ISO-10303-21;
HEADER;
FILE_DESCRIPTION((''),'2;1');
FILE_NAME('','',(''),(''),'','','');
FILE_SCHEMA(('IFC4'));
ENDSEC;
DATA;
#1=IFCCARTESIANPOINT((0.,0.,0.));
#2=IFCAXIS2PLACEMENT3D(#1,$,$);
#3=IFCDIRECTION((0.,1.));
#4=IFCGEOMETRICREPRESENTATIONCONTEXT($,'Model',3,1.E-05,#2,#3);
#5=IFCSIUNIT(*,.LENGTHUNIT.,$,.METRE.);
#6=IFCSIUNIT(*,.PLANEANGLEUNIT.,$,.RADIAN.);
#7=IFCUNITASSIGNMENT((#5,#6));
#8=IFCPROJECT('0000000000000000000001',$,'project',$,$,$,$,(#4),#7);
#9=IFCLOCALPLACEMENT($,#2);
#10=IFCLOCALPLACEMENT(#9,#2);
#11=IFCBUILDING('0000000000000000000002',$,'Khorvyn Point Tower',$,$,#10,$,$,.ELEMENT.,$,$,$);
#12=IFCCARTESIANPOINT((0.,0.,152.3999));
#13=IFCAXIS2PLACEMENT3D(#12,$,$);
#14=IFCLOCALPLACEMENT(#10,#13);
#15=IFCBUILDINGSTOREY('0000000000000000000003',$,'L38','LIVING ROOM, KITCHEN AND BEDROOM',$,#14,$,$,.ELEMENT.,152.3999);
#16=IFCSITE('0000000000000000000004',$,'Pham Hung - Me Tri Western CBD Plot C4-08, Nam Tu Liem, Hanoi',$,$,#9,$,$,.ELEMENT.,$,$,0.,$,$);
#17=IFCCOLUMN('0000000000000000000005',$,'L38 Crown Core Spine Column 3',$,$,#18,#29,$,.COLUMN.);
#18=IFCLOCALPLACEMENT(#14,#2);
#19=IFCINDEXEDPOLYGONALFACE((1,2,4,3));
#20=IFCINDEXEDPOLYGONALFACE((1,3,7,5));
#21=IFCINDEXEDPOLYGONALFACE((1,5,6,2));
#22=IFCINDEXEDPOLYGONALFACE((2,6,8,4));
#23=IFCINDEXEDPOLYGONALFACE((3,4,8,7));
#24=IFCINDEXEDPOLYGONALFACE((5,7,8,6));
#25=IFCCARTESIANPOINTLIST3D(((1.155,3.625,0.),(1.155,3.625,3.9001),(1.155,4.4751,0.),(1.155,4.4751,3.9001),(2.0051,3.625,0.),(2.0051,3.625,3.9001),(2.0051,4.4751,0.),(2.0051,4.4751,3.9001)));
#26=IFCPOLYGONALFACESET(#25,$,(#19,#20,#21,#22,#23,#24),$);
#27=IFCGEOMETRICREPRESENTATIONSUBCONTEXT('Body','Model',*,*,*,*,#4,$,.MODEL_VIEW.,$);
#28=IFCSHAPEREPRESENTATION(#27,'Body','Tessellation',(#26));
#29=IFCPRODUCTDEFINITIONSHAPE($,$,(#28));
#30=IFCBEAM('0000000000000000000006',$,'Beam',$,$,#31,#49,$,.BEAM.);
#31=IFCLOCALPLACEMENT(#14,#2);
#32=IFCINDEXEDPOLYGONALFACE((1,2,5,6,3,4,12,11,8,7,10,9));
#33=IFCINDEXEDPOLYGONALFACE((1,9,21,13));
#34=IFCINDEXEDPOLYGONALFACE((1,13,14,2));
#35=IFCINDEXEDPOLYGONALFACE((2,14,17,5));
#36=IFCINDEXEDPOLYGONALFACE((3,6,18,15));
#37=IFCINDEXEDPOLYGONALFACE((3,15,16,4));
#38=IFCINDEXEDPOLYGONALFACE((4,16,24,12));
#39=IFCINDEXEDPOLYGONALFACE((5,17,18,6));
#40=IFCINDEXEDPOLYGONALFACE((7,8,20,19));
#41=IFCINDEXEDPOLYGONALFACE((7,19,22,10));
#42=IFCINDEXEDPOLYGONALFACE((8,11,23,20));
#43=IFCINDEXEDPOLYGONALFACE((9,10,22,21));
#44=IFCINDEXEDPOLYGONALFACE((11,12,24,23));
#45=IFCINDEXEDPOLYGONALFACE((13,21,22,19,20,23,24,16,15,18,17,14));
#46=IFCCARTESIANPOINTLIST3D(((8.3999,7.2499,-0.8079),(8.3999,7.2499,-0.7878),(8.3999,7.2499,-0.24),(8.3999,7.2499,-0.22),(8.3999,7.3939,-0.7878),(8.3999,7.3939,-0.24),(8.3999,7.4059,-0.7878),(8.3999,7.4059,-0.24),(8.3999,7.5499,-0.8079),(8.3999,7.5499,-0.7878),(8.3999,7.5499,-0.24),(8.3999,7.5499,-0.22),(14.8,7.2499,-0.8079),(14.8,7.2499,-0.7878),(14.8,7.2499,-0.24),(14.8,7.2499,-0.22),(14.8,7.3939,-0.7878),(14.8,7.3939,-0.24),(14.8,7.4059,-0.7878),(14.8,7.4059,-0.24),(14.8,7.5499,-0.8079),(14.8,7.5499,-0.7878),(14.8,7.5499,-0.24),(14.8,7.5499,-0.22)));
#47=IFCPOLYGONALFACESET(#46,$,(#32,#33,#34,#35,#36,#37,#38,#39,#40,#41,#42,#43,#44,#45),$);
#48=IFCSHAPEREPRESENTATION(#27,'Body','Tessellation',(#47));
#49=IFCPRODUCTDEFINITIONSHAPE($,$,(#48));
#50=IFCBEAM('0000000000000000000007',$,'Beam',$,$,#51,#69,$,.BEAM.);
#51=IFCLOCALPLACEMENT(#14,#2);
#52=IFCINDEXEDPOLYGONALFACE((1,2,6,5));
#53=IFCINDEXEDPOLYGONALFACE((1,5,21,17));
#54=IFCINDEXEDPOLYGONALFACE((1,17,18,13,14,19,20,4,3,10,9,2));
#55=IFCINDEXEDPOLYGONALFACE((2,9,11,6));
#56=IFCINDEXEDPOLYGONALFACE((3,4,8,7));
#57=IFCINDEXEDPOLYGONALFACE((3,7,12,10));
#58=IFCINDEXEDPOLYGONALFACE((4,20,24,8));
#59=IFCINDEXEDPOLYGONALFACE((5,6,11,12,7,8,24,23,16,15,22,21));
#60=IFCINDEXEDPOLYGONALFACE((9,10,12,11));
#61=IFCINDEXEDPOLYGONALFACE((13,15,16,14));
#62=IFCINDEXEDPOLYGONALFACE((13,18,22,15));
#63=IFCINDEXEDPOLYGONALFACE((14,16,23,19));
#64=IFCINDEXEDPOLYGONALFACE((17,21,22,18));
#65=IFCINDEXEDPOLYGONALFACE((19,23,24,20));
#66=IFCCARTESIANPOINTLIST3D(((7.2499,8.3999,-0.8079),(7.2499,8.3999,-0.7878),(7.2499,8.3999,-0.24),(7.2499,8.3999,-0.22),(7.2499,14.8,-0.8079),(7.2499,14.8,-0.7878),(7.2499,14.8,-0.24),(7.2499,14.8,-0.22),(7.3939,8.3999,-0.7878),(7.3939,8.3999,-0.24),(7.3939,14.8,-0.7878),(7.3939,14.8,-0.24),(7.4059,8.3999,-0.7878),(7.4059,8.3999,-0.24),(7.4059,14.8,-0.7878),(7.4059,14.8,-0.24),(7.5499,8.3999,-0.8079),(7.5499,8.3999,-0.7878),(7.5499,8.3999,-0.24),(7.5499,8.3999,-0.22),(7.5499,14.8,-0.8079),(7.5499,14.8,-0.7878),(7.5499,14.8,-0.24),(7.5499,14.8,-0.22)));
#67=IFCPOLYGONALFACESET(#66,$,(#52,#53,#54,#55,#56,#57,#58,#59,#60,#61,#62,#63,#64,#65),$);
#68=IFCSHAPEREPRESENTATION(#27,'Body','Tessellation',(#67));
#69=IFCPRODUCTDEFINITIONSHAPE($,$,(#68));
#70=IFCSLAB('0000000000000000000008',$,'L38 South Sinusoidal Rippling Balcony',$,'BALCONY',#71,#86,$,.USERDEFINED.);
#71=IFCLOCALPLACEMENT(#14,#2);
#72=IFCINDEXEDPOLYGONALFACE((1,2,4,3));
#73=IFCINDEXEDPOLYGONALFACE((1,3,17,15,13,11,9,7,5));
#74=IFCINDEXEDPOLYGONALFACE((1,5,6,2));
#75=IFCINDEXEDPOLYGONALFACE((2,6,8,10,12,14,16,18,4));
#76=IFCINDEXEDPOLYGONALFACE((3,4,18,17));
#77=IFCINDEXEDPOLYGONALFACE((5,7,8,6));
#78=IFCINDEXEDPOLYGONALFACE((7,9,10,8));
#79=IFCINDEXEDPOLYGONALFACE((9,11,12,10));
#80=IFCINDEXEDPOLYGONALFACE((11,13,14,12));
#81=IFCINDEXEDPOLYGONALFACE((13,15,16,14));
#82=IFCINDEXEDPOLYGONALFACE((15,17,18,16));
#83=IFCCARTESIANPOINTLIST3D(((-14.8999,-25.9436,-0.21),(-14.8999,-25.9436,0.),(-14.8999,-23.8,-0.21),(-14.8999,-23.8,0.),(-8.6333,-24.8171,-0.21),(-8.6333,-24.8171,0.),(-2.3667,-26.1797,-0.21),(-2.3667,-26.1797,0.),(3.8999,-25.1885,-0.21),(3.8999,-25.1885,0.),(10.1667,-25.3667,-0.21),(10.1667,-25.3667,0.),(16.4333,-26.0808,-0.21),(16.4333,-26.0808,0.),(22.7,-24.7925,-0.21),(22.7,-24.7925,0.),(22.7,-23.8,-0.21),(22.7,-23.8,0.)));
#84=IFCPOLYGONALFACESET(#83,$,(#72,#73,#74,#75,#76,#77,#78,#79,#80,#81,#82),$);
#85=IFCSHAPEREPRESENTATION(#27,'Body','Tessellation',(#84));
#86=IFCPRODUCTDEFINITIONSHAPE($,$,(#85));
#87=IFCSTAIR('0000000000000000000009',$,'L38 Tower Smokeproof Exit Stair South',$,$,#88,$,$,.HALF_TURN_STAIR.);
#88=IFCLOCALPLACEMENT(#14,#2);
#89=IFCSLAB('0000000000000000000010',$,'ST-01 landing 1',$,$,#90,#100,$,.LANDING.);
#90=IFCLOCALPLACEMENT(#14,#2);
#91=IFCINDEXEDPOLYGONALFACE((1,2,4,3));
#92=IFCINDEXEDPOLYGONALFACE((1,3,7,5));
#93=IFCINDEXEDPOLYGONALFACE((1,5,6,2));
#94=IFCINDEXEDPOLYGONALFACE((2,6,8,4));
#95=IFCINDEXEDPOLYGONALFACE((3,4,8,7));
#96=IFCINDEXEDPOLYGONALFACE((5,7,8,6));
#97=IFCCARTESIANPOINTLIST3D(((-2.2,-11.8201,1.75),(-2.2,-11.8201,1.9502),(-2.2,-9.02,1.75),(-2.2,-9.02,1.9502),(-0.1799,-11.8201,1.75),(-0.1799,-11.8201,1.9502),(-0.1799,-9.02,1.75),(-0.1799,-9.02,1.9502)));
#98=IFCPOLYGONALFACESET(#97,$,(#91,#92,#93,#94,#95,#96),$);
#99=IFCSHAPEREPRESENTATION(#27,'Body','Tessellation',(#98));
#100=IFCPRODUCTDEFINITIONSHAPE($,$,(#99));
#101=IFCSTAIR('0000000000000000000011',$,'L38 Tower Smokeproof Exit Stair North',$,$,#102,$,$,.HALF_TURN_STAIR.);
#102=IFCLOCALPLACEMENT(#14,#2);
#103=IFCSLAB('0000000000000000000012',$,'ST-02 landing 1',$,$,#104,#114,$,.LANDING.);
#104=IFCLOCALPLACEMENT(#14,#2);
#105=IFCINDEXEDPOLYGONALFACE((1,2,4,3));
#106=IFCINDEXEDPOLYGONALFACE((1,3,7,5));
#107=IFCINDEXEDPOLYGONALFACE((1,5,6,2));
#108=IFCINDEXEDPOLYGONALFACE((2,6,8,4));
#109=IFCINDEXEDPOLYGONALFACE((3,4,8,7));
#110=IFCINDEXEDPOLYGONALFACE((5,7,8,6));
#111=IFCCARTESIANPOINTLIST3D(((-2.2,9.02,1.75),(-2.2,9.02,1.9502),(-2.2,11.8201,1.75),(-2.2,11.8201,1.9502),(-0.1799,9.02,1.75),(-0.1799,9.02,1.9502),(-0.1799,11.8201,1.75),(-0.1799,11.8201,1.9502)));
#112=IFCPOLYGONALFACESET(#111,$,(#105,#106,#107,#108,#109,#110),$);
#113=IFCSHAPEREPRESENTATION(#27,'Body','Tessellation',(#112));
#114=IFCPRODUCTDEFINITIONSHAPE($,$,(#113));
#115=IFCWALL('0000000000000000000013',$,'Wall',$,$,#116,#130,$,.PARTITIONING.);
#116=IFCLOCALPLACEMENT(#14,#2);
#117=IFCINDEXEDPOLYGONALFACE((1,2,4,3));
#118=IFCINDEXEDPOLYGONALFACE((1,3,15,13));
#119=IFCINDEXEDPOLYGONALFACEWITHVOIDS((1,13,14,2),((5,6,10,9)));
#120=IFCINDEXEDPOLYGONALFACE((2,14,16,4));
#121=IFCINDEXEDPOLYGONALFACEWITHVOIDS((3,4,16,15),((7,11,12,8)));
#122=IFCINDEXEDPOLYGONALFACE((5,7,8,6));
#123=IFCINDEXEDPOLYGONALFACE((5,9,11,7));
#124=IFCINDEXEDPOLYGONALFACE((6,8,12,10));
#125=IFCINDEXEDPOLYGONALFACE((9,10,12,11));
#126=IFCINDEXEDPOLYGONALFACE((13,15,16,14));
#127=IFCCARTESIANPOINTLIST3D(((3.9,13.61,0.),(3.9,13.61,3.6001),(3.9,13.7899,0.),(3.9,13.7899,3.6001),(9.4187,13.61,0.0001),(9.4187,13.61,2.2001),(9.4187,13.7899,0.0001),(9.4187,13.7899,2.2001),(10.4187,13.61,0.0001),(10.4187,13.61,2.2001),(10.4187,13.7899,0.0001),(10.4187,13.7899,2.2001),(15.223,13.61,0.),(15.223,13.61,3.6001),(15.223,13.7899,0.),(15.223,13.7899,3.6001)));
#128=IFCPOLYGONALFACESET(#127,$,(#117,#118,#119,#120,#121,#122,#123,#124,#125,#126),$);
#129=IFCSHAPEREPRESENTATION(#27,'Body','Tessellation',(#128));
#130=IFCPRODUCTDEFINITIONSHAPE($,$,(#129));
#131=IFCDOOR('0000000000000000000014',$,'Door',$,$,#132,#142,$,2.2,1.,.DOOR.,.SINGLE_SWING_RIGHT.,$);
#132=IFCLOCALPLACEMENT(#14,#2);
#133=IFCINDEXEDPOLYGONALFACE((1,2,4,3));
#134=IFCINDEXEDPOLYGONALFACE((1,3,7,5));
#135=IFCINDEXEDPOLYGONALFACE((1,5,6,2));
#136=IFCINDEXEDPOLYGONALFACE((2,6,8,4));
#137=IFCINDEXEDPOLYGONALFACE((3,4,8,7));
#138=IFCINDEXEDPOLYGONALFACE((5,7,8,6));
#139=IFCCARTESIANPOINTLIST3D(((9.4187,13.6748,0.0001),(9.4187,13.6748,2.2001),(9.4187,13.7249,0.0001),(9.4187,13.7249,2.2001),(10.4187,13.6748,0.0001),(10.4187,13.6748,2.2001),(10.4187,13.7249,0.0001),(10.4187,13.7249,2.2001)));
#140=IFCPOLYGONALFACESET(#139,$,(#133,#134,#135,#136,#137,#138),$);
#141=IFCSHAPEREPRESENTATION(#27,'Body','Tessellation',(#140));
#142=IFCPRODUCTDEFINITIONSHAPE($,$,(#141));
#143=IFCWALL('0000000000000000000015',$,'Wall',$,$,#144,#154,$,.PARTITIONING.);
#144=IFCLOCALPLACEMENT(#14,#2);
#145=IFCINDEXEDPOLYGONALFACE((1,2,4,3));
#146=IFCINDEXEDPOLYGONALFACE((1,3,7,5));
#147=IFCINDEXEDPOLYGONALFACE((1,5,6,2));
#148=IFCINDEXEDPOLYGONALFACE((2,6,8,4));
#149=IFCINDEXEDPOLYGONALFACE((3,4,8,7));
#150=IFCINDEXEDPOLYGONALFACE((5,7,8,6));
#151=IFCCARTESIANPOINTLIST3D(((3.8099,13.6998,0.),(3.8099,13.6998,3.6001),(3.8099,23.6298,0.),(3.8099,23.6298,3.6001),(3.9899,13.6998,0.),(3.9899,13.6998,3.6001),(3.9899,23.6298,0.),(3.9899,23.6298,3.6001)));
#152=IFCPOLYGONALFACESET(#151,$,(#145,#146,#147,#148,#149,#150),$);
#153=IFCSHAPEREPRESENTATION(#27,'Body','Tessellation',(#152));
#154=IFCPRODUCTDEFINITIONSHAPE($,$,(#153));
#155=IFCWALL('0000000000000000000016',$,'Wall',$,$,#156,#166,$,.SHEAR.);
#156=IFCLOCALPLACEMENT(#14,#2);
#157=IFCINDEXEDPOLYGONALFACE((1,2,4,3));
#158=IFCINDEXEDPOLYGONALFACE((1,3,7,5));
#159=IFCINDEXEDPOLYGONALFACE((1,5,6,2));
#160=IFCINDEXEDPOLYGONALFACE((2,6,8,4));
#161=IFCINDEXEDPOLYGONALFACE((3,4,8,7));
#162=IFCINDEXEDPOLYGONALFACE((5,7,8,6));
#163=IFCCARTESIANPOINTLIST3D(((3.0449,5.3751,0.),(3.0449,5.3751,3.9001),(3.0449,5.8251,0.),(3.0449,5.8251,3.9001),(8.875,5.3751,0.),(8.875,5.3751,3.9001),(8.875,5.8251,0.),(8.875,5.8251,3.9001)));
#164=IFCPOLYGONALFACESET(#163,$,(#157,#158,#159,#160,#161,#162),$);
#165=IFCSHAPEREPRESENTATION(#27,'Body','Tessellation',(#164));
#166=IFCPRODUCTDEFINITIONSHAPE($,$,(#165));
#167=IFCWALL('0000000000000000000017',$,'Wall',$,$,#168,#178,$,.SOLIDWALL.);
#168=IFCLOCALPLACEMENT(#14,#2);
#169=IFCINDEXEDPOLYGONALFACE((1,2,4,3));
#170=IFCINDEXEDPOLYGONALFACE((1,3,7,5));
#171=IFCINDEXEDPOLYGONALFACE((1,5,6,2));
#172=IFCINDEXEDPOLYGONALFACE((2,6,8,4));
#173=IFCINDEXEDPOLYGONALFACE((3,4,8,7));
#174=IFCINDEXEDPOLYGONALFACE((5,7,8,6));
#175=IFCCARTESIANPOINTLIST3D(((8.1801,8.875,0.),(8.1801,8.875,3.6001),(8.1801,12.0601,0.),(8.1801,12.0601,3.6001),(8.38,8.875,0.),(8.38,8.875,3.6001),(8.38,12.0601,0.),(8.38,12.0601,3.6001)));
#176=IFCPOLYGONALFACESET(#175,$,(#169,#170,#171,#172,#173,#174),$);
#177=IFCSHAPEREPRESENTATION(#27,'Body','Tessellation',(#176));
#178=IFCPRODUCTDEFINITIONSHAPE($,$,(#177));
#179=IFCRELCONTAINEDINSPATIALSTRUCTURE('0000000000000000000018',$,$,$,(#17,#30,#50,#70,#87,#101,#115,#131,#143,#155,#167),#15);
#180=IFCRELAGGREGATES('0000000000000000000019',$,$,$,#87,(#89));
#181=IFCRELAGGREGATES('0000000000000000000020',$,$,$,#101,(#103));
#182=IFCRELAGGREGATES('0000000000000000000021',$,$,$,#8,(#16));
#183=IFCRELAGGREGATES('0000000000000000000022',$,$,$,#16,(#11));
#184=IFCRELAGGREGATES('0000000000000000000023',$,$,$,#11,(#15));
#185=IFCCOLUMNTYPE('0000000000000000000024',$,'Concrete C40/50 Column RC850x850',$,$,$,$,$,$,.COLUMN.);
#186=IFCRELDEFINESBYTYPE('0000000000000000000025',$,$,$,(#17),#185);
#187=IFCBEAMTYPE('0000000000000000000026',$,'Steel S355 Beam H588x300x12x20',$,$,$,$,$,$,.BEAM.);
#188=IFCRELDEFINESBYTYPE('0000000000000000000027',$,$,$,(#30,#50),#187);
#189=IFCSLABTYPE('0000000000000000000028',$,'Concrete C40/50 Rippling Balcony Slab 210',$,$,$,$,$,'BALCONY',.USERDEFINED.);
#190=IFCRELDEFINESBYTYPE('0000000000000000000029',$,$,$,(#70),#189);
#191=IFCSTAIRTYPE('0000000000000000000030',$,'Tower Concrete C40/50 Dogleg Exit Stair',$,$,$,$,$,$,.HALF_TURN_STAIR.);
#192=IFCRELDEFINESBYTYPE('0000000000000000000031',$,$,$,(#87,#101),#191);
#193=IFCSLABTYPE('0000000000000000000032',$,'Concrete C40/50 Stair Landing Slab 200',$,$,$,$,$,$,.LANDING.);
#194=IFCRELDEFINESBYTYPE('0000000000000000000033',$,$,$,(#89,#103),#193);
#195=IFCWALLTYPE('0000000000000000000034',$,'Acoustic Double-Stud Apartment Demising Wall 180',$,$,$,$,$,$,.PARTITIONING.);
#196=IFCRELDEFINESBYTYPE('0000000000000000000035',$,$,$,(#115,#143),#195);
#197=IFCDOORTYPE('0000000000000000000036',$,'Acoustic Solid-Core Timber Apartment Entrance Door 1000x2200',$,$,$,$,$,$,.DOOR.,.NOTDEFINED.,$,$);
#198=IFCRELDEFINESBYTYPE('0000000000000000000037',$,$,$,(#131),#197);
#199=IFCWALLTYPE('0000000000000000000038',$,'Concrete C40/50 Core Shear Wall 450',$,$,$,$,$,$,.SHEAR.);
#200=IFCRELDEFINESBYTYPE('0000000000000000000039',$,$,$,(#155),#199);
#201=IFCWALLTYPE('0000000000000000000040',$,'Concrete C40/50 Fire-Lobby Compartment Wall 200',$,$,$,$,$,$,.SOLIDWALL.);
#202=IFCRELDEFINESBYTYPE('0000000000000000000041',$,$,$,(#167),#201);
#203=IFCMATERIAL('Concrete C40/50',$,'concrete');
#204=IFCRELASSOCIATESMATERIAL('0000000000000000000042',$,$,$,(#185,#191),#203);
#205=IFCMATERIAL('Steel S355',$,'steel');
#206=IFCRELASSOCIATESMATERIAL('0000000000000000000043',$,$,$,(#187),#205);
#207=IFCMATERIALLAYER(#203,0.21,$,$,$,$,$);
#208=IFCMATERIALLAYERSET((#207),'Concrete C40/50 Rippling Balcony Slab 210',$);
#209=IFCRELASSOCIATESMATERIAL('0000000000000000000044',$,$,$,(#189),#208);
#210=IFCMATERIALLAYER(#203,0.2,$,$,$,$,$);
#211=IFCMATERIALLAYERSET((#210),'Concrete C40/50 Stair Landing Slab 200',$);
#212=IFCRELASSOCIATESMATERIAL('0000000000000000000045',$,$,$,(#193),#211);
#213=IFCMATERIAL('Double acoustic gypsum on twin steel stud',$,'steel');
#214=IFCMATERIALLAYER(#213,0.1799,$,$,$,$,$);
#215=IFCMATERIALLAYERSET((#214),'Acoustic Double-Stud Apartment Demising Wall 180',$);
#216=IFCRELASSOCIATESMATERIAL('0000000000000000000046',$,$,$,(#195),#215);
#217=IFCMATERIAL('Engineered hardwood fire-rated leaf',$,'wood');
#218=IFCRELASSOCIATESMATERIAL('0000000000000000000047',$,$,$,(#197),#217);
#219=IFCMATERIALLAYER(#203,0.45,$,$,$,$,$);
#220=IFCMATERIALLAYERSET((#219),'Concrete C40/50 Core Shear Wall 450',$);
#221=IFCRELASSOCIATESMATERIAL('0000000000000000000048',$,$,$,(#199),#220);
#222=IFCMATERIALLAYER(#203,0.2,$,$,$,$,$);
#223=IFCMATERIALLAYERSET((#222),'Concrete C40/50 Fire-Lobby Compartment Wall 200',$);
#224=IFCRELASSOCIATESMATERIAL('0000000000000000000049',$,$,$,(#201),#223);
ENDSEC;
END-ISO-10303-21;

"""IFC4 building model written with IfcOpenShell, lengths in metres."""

from ifc_helpers import new_model, si_unit, direction, frame, frame_2d, origin, origin_2d, place, context, subcontext, project, spatial, polyline, rectangle, i_section, outline, extrude, material, layer, layer_set, material_profile, profile_set, type_object, element, fill, aggregate, save


model = new_model("IFC4")

# Units and contexts
model_context = context("Model", 3, precision=1e-05, world=origin(), true_north=direction((0.0, 1.0)))
body_context = subcontext(model_context, "Body", "Model", "MODEL_VIEW")
ifc_project = project(units=[si_unit("LENGTHUNIT", "METRE"), si_unit("PLANEANGLEUNIT", "RADIAN")], contexts=[model_context])

# Site, building, storey
site_placement = place(None, origin())
site = spatial("IfcSite", under=ifc_project, at=site_placement, Name="Pham Hung - Me Tri Western CBD Plot C4-08, Nam Tu Liem, Hanoi", CompositionType="ELEMENT", RefElevation=0.0)
building_placement = place(site_placement, origin())
building = spatial("IfcBuilding", under=site, at=building_placement, Name="Khorvyn Point Tower", CompositionType="ELEMENT")
storey_placement = place(building_placement, frame((0.0, 0.0, 152.3999)))
storey = spatial("IfcBuildingStorey", under=building, at=storey_placement, Name="L38", Description="LIVING ROOM, KITCHEN AND BEDROOM", CompositionType="ELEMENT", Elevation=152.3999)

# Column
ifc_material_1 = material(Name="Concrete C40/50", Category="concrete")
ifc_material_profile_1 = material_profile(ifc_material_1, rectangle(XDim=0.8501, YDim=0.8501, at=origin_2d()))
ifc_profile_set_1 = profile_set([ifc_material_profile_1], Name="Concrete C40/50 RC850x850")
column_type = type_object("IfcColumnType", Name="Concrete C40/50 Column RC850x850", PredefinedType="COLUMN", material=ifc_profile_set_1)
column_placement = place(storey_placement, frame((1.5801, 4.05, 0.0), z_axis=(0.0, 0.0, 1.0), x_axis=(1.0, 0.0, 0.0)))
element("IfcColumn", 1, at=column_placement, inside=storey, type_object=column_type, Name="L38 Crown Core Spine Column 3", PredefinedType="COLUMN", context=body_context, shape_type="SweptSolid", body=[
    extrude(rectangle(XDim=0.8501, YDim=0.8501, at=origin_2d()), origin(), (0.0, 0.0, 1.0), 3.9001),
])

# Beams
ifc_material_2 = material(Name="Steel S355", Category="steel")
ifc_material_profile_2 = material_profile(ifc_material_2, i_section(OverallWidth=0.3, OverallDepth=0.5879, WebThickness=0.012, FlangeThickness=0.02, at=origin_2d()))
ifc_profile_set_2 = profile_set([ifc_material_profile_2], Name="Steel S355 H588x300x12x20")
beam_type = type_object("IfcBeamType", Name="Steel S355 Beam H588x300x12x20", PredefinedType="BEAM", material=ifc_profile_set_2)
for number, where, z_axis, x_axis, name in (
    (2, (8.3999, 7.3999, -0.5139), (1.0, 0.0, 0.0), (0.0, 1.0, 0.0), "Beam"),
    (3, (7.3999, 8.3999, -0.5139), (0.0, 1.0, 0.0), (-1.0, 0.0, 0.0), "Beam"),
):
    element("IfcBeam", number, at=place(storey_placement, frame(where, z_axis=z_axis, x_axis=x_axis)), inside=storey, type_object=beam_type, Name=name, PredefinedType="BEAM", context=body_context, shape_type="SweptSolid", body=[
        extrude(i_section(OverallWidth=0.3, OverallDepth=0.5879, WebThickness=0.012, FlangeThickness=0.02, at=origin_2d()), origin(), (0.0, 0.0, 1.0), 6.4001),
    ])

# Slab
ifc_layer_1 = layer(ifc_material_1, 0.21)
ifc_layer_set_1 = layer_set([ifc_layer_1], Name="Concrete C40/50 Rippling Balcony Slab 210")
slab_type_1 = type_object("IfcSlabType", Name="Concrete C40/50 Rippling Balcony Slab 210", ElementType="BALCONY", PredefinedType="USERDEFINED", material=ifc_layer_set_1)
slab_1_placement = place(storey_placement, frame((0.0, 0.0, -0.21)))
element("IfcSlab", 4, at=slab_1_placement, inside=storey, type_object=slab_type_1, Name="L38 South Sinusoidal Rippling Balcony", ObjectType="BALCONY", PredefinedType="USERDEFINED", context=body_context, shape_type="SweptSolid", body=[
    extrude(outline(polyline([(-14.8999, -23.8), (-14.8999, -25.9436), (-8.6333, -24.8171), (-2.3667, -26.1797), (3.8999, -25.1885), (10.1667, -25.3667), (16.4333, -26.0808), (22.7, -24.7925), (22.7, -23.8), (-14.8999, -23.8)])), origin(), (0.0, 0.0, 1.0), 0.21),
])

# Stairs, slabs
stair_type = type_object("IfcStairType", Name="Tower Concrete C40/50 Dogleg Exit Stair", PredefinedType="HALF_TURN_STAIR", material=ifc_material_1)
stair_1_placement = place(storey_placement, origin())
stair_1 = element("IfcStair", 5, at=stair_1_placement, inside=storey, type_object=stair_type, Name="L38 Tower Smokeproof Exit Stair South", PredefinedType="HALF_TURN_STAIR")
ifc_layer_2 = layer(ifc_material_1, 0.2)
ifc_layer_set_2 = layer_set([ifc_layer_2], Name="Concrete C40/50 Stair Landing Slab 200")
slab_type_2 = type_object("IfcSlabType", Name="Concrete C40/50 Stair Landing Slab 200", PredefinedType="LANDING", material=ifc_layer_set_2)
slab_2_placement = place(storey_placement, frame((0.0, 0.0, 1.75)))
slab_2 = element("IfcSlab", 6, at=slab_2_placement, type_object=slab_type_2, Name="ST-01 landing 1", PredefinedType="LANDING", context=body_context, shape_type="SweptSolid", body=[
    extrude(outline(polyline([(-0.1799, -9.02), (-2.2, -9.02), (-2.2, -11.8201), (-0.1799, -11.8201), (-0.1799, -9.02)])), origin(), (0.0, 0.0, 1.0), 0.2002),
])
aggregate(stair_1, [slab_2])
stair_2_placement = place(storey_placement, origin())
stair_2 = element("IfcStair", 7, at=stair_2_placement, inside=storey, type_object=stair_type, Name="L38 Tower Smokeproof Exit Stair North", PredefinedType="HALF_TURN_STAIR")
slab_3_placement = place(storey_placement, frame((0.0, 0.0, 1.75)))
slab_3 = element("IfcSlab", 8, at=slab_3_placement, type_object=slab_type_2, Name="ST-02 landing 1", PredefinedType="LANDING", context=body_context, shape_type="SweptSolid", body=[
    extrude(outline(polyline([(-0.1799, 11.8201), (-2.2, 11.8201), (-2.2, 9.02), (-0.1799, 9.02), (-0.1799, 11.8201)])), origin(), (0.0, 0.0, 1.0), 0.2002),
])

# Wall, opening, door
ifc_material_3 = material(Name="Double acoustic gypsum on twin steel stud", Category="steel")
ifc_layer_3 = layer(ifc_material_3, 0.1799)
ifc_layer_set_3 = layer_set([ifc_layer_3], Name="Acoustic Double-Stud Apartment Demising Wall 180")
wall_type_1 = type_object("IfcWallType", Name="Acoustic Double-Stud Apartment Demising Wall 180", PredefinedType="PARTITIONING", material=ifc_layer_set_3)
wall_1_placement = place(storey_placement, frame((3.8999, 13.7, 0.0), z_axis=(0.0, 0.0, 1.0), x_axis=(1.0, 0.0, 0.0)))
wall_1 = element("IfcWall", 9, at=wall_1_placement, inside=storey, type_object=wall_type_1, Name="Wall", PredefinedType="PARTITIONING", context=body_context, shape_type="SweptSolid", body=[
    extrude(rectangle(XDim=11.323, YDim=0.1799, at=frame_2d((5.6616, 0.0))), origin(), (0.0, 0.0, 1.0), 3.6001),
])
opening_1_placement = place(wall_1_placement, frame((5.5188, 0.0, 0.0)))
opening_1 = element("IfcOpeningElement", 10, at=opening_1_placement, cuts=wall_1, PredefinedType="OPENING", context=body_context, shape_type="SweptSolid", body=[
    extrude(rectangle(XDim=1.0, YDim=2.2, at=frame_2d((0.5, 1.1001))), frame((0.0, 0.0999, 0.0), z_axis=(0.0, -1.0, 0.0), x_axis=(1.0, 0.0, 0.0)), (0.0, 0.0, 1.0), 0.2),
])
ifc_material_4 = material(Name="Engineered hardwood fire-rated leaf", Category="wood")
door_type_1 = type_object("IfcDoorType", Name="Acoustic Solid-Core Timber Apartment Entrance Door 1000x2200", OperationType="NOTDEFINED", PredefinedType="DOOR", material=ifc_material_4)
door_1_placement = place(opening_1_placement, origin())
door_1 = element("IfcDoor", 11, at=door_1_placement, inside=storey, type_object=door_type_1, Name="Door", OperationType="SINGLE_SWING_RIGHT", OverallHeight=2.2, OverallWidth=1.0, PredefinedType="DOOR", context=body_context, shape_type="SweptSolid", body=[
    extrude(rectangle(XDim=1.0, YDim=2.2, at=frame_2d((0.5, 1.1001))), frame((0.0, 0.0249, 0.0), z_axis=(0.0, -1.0, 0.0), x_axis=(1.0, 0.0, 0.0)), (0.0, 0.0, 1.0), 0.05),
])
fill(opening_1, door_1)

# Walls
wall_2_placement = place(storey_placement, frame((3.8999, 13.7, 0.0), z_axis=(0.0, 0.0, 1.0), x_axis=(0.0, 1.0, 0.0)))
element("IfcWall", 12, at=wall_2_placement, inside=storey, type_object=wall_type_1, Name="Wall", PredefinedType="PARTITIONING", context=body_context, shape_type="SweptSolid", body=[
    extrude(rectangle(XDim=9.9299, YDim=0.1799, at=frame_2d((4.9648, 0.0))), origin(), (0.0, 0.0, 1.0), 3.6001),
])
ifc_layer_4 = layer(ifc_material_1, 0.45)
ifc_layer_set_4 = layer_set([ifc_layer_4], Name="Concrete C40/50 Core Shear Wall 450")
wall_type_2 = type_object("IfcWallType", Name="Concrete C40/50 Core Shear Wall 450", PredefinedType="SHEAR", material=ifc_layer_set_4)
wall_3_placement = place(storey_placement, frame((3.0449, 5.6001, 0.0), z_axis=(0.0, 0.0, 1.0), x_axis=(1.0, 0.0, 0.0)))
element("IfcWall", 13, at=wall_3_placement, inside=storey, type_object=wall_type_2, Name="Wall", PredefinedType="SHEAR", context=body_context, shape_type="SweptSolid", body=[
    extrude(rectangle(XDim=5.8301, YDim=0.45, at=frame_2d((2.915, 0.0))), origin(), (0.0, 0.0, 1.0), 3.9001),
])

# Shared definitions
ifc_layer_5 = layer(ifc_material_1, 0.2)
ifc_layer_set_5 = layer_set([ifc_layer_5], Name="Concrete C40/50 Fire-Lobby Compartment Wall 200")
wall_type_3 = type_object("IfcWallType", Name="Concrete C40/50 Fire-Lobby Compartment Wall 200", PredefinedType="SOLIDWALL", material=ifc_layer_set_5)

# Wall
wall_4_placement = place(storey_placement, frame((8.28, 8.875, 0.0), z_axis=(0.0, 0.0, 1.0), x_axis=(0.0, 1.0, 0.0)))
element("IfcWall", 14, at=wall_4_placement, inside=storey, type_object=wall_type_3, Name="Wall", PredefinedType="SOLIDWALL", context=body_context, shape_type="SweptSolid", body=[
    extrude(rectangle(XDim=3.1851, YDim=0.2, at=frame_2d((1.5925, 0.0))), origin(), (0.0, 0.0, 1.0), 3.6001),
])

aggregate(stair_2, [slab_3])

save(model, "model.ifc")
